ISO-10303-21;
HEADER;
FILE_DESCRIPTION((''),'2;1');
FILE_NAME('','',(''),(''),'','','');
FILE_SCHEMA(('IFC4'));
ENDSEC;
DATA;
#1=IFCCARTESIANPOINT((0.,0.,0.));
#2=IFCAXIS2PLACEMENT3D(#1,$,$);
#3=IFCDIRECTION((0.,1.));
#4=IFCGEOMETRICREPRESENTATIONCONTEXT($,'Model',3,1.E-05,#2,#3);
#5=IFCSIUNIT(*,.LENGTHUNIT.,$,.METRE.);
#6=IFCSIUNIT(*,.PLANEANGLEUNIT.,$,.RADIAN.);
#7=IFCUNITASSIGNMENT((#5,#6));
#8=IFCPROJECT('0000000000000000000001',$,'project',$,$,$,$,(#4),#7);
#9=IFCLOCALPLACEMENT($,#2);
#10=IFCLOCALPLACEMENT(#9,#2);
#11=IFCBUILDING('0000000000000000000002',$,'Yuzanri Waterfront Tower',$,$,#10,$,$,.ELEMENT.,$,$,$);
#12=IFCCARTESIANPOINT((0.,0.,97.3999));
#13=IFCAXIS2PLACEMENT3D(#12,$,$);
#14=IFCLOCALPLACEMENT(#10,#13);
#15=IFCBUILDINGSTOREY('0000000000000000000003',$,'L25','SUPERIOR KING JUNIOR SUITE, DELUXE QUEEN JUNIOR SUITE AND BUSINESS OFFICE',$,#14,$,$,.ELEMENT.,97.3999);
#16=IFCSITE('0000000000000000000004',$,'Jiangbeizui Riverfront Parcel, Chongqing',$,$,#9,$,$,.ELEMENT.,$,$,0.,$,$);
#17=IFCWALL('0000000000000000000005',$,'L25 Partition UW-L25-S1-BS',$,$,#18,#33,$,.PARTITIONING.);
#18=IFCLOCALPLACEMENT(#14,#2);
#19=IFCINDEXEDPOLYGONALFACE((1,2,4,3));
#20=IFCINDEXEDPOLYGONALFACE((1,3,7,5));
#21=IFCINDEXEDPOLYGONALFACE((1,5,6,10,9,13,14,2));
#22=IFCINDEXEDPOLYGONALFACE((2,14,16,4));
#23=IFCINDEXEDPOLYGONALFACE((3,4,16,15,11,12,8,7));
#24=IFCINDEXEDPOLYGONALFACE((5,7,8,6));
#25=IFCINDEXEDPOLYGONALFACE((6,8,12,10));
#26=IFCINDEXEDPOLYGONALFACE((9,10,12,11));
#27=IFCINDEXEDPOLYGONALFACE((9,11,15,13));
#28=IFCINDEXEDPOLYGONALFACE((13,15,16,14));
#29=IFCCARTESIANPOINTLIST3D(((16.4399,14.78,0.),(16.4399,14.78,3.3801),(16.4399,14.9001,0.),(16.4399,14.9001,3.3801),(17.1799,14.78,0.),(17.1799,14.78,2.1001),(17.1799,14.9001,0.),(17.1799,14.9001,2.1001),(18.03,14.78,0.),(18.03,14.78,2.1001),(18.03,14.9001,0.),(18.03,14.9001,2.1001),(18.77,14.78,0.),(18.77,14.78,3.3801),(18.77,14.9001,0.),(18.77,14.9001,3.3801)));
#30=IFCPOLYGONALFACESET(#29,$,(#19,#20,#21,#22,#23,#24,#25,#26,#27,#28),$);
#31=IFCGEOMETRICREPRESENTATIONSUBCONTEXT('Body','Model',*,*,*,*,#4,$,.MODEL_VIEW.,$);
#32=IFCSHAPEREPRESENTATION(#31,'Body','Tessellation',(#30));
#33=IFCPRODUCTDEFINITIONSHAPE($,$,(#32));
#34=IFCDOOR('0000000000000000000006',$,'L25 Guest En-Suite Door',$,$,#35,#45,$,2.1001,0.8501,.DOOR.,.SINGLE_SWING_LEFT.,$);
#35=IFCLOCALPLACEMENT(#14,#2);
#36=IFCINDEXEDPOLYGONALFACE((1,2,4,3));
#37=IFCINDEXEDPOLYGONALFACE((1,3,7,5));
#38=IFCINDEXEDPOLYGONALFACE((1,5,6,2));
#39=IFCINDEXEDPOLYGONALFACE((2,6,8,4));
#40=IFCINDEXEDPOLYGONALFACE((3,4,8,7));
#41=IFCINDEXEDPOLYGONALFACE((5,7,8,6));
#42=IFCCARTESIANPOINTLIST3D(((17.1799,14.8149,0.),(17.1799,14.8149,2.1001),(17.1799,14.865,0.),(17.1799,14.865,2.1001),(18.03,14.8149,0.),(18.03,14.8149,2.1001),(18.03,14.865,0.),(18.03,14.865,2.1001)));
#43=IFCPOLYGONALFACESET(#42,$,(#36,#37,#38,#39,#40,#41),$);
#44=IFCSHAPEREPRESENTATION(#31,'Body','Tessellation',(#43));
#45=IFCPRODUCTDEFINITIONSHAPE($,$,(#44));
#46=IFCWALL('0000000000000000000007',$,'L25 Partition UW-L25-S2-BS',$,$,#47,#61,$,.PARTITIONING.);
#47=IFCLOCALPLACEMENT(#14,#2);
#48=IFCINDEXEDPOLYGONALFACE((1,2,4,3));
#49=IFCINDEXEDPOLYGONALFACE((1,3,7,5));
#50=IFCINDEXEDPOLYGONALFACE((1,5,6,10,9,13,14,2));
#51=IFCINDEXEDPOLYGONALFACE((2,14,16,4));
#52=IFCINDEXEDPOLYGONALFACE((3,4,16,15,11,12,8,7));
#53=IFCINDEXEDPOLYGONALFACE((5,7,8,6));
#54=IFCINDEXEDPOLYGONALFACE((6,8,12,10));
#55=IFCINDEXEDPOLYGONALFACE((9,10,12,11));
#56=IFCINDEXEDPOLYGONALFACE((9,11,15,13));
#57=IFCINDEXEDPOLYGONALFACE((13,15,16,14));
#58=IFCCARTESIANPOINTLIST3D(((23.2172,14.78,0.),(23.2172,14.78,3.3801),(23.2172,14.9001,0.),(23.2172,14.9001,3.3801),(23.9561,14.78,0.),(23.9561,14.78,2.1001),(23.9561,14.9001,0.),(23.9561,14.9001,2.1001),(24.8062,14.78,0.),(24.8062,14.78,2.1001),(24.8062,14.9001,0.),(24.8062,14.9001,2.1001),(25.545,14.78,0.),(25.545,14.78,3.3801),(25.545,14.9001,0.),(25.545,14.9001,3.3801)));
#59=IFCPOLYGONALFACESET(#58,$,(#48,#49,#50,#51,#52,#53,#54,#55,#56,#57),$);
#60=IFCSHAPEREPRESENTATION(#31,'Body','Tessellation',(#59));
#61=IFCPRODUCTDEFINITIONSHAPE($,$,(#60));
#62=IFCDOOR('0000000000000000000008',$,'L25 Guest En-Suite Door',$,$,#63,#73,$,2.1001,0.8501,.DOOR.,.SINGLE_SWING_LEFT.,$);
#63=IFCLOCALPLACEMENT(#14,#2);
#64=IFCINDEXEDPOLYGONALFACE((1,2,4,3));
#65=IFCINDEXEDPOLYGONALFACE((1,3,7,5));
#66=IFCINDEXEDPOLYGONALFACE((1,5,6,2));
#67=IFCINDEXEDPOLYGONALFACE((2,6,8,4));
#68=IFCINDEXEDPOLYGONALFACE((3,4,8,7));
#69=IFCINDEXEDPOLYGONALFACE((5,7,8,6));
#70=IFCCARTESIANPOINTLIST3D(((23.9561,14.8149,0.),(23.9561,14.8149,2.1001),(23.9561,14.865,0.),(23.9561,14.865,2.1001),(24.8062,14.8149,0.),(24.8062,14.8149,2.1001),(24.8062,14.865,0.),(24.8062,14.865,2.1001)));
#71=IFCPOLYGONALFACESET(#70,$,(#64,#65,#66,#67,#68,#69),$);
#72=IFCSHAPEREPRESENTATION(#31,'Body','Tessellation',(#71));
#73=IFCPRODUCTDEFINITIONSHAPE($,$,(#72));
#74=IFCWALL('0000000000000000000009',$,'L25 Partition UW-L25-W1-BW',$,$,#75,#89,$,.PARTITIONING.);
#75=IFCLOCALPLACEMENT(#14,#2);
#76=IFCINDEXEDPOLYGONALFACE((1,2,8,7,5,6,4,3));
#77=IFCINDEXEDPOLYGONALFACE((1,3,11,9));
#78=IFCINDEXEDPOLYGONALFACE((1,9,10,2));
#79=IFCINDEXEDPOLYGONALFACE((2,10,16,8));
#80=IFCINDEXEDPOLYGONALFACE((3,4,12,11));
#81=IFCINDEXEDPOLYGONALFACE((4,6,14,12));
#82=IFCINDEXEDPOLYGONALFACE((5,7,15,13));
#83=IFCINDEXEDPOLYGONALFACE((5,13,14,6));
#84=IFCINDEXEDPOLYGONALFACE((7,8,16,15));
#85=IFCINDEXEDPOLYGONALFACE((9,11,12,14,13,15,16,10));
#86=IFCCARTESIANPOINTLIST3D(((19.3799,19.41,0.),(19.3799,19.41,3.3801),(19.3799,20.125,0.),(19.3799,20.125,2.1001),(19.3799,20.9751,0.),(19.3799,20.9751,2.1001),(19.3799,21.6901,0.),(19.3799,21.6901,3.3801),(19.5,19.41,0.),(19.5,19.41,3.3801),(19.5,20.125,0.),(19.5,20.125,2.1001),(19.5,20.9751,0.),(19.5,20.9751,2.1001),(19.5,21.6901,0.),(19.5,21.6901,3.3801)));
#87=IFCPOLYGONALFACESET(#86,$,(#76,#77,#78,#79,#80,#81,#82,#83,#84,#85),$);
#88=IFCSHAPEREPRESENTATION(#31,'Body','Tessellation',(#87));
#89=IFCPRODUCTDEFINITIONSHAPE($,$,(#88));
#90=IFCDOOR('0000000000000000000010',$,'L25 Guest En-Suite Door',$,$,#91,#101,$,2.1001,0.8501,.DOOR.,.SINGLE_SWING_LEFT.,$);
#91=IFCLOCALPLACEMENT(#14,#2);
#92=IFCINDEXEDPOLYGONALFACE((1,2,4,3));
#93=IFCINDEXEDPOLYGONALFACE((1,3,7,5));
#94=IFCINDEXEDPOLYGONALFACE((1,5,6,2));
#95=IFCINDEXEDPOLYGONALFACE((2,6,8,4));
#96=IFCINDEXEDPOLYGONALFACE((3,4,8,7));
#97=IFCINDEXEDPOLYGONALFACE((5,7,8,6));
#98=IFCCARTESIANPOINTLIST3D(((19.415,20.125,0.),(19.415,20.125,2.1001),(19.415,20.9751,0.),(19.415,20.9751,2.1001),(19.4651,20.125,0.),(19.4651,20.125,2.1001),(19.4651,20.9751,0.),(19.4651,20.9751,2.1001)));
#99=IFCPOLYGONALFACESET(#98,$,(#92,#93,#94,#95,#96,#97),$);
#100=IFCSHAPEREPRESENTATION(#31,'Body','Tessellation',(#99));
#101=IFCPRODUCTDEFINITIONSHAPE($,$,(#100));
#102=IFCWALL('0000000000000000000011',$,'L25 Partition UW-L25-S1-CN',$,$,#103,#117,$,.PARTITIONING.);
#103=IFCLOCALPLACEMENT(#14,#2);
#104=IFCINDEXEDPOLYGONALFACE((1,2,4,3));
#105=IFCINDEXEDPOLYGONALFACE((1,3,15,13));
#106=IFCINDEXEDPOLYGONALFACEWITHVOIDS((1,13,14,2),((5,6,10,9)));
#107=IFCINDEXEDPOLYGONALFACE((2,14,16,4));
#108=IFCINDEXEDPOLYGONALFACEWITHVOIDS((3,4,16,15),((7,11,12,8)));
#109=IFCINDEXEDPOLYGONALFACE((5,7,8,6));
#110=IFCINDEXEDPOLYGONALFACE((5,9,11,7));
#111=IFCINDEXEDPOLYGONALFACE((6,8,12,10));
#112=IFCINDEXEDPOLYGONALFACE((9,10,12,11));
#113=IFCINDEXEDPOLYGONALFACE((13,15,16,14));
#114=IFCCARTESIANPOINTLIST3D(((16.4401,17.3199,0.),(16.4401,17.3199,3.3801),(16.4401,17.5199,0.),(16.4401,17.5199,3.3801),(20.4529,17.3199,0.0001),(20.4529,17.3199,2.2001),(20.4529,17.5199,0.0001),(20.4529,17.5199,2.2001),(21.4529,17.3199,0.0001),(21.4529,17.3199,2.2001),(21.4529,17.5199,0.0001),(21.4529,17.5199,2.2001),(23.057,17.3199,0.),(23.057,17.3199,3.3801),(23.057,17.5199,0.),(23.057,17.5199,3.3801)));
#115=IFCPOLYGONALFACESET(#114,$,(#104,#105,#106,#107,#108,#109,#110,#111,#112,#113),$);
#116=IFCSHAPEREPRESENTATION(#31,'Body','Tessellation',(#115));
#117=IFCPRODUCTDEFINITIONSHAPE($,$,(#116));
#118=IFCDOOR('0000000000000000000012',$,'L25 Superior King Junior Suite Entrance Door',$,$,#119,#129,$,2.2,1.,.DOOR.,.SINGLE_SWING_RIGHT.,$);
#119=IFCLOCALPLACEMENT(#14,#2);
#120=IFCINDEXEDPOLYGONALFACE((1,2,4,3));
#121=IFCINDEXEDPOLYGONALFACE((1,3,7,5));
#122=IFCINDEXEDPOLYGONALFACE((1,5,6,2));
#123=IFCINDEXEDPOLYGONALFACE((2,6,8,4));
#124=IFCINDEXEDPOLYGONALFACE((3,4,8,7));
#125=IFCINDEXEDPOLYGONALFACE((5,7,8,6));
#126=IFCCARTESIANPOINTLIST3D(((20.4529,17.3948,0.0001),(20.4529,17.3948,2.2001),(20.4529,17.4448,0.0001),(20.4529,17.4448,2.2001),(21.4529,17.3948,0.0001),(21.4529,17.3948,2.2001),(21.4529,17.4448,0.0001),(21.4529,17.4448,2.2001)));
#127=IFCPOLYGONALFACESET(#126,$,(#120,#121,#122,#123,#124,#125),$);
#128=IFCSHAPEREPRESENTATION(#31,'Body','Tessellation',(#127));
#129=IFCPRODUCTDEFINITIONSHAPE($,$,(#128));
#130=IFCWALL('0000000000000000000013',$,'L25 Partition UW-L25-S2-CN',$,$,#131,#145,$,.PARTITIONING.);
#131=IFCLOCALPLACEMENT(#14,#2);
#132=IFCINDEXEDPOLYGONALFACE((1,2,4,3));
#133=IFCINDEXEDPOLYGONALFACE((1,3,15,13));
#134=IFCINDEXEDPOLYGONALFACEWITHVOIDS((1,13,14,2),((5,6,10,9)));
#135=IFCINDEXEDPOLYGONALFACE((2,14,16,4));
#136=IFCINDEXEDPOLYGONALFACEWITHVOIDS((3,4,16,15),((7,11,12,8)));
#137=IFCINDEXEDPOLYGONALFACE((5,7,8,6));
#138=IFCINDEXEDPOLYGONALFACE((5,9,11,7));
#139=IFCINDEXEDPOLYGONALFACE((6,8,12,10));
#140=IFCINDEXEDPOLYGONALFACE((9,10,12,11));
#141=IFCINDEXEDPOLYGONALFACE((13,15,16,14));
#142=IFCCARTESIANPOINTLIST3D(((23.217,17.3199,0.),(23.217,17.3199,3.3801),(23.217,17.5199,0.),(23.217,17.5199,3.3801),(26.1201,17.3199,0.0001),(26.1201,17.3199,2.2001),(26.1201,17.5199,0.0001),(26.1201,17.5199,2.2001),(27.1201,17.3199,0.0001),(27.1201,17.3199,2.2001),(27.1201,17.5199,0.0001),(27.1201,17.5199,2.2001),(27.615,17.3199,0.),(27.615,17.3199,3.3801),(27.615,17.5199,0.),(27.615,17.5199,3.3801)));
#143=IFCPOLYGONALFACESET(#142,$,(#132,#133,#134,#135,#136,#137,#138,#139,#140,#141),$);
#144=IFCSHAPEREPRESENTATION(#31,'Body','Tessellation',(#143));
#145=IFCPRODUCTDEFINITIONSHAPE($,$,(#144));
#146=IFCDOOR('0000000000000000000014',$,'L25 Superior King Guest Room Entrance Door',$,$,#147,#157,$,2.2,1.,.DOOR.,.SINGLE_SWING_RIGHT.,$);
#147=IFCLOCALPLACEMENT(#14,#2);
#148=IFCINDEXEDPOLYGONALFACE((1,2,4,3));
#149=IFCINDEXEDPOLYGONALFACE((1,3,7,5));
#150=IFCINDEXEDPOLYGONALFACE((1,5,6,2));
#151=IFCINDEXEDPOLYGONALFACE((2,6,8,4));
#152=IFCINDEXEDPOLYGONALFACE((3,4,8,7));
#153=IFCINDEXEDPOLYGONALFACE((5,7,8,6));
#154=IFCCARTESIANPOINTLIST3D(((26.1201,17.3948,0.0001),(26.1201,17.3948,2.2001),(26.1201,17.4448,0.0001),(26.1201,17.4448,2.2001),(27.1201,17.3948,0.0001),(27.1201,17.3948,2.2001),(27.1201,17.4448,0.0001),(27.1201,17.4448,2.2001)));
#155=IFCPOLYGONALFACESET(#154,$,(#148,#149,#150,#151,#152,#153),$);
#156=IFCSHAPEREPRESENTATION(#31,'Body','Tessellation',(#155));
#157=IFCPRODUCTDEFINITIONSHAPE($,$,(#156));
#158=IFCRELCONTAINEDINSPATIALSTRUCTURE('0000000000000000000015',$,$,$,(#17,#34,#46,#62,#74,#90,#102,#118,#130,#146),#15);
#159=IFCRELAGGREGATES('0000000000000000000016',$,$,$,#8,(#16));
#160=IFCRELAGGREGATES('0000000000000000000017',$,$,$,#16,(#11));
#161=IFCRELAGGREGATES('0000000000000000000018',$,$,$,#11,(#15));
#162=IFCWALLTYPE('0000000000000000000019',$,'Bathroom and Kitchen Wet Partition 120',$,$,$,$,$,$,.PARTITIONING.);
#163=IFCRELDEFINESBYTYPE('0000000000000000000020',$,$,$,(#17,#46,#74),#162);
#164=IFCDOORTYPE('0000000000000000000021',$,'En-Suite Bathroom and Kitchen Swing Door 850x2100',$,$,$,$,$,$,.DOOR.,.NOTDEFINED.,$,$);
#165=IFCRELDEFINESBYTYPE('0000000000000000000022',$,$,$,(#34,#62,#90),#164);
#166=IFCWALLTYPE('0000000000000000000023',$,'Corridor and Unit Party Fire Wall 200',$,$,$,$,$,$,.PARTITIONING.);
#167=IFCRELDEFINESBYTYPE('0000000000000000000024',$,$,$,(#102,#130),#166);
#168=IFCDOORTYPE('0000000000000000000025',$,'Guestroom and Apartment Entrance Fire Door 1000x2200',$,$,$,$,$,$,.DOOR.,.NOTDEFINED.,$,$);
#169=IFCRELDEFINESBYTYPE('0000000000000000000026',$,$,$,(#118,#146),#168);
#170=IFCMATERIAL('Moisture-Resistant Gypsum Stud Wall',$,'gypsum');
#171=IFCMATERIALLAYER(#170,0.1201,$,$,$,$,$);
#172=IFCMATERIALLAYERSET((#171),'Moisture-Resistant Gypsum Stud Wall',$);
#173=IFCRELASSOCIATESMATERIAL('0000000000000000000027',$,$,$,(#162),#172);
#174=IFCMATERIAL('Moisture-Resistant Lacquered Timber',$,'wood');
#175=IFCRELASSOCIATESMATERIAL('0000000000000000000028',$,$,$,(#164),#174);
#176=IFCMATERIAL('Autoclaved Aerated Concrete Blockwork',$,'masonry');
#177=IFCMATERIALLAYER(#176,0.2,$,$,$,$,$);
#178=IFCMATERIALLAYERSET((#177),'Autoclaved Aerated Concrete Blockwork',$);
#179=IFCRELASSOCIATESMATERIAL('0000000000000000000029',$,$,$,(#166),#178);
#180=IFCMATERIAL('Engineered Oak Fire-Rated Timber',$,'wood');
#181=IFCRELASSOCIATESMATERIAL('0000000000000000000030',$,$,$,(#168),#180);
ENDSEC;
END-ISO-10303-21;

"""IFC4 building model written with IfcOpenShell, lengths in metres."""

from ifc_helpers import new_model, si_unit, direction, frame, frame_2d, origin, place, context, subcontext, project, spatial, rectangle, extrude, source, transform, mapped, material, layer, layer_set, type_object, element, fill, save


model = new_model("IFC4")

# Units and contexts
model_context = context("Model", 3, precision=1e-05, world=origin(), true_north=direction((0.0, 1.0)))
body_context = subcontext(model_context, "Body", "Model", "MODEL_VIEW")
ifc_project = project(units=[si_unit("LENGTHUNIT", "METRE"), si_unit("PLANEANGLEUNIT", "RADIAN")], contexts=[model_context])

# Site, building, storey
site_placement = place(None, origin())
site = spatial("IfcSite", under=ifc_project, at=site_placement, Name="Jiangbeizui Riverfront Parcel, Chongqing", CompositionType="ELEMENT", RefElevation=0.0)
building_placement = place(site_placement, origin())
building = spatial("IfcBuilding", under=site, at=building_placement, Name="Yuzanri Waterfront Tower", CompositionType="ELEMENT")
storey_placement = place(building_placement, frame((0.0, 0.0, 97.3999)))
storey = spatial("IfcBuildingStorey", under=building, at=storey_placement, Name="L25", Description="SUPERIOR KING JUNIOR SUITE, DELUXE QUEEN JUNIOR SUITE AND BUSINESS OFFICE", CompositionType="ELEMENT", Elevation=97.3999)

# Walls, openings, doors
ifc_material_1 = material(Name="Moisture-Resistant Gypsum Stud Wall", Category="gypsum")
ifc_layer_1 = layer(ifc_material_1, 0.1201)
ifc_layer_set_1 = layer_set([ifc_layer_1], Name="Moisture-Resistant Gypsum Stud Wall")
wall_type_1 = type_object("IfcWallType", Name="Bathroom and Kitchen Wet Partition 120", PredefinedType="PARTITIONING", material=ifc_layer_set_1)
wall_1_placement = place(storey_placement, frame((16.4399, 14.8401, 0.0), z_axis=(0.0, 0.0, 1.0), x_axis=(1.0, 0.0, 0.0)))
wall_1 = element("IfcWall", 1, at=wall_1_placement, inside=storey, type_object=wall_type_1, Name="L25 Partition UW-L25-S1-BS", PredefinedType="PARTITIONING", context=body_context, shape_type="SweptSolid", body=[
    extrude(rectangle(XDim=2.3301, YDim=0.1201, at=frame_2d((1.165, 0.0))), origin(), (0.0, 0.0, 1.0), 3.3801),
])
opening_1_placement = place(wall_1_placement, frame((0.74, 0.0, 0.0)))
opening_1 = element("IfcOpeningElement", 2, at=opening_1_placement, cuts=wall_1, PredefinedType="OPENING", context=body_context, shape_type="SweptSolid", body=[
    extrude(rectangle(XDim=0.8501, YDim=2.1001, at=frame_2d((0.425, 1.05))), frame((0.0, 0.075, 0.0), z_axis=(0.0, -1.0, 0.0), x_axis=(1.0, 0.0, 0.0)), (0.0, 0.0, 1.0), 0.1499),
])
ifc_material_2 = material(Name="Moisture-Resistant Lacquered Timber", Category="wood")
door_type_1 = type_object("IfcDoorType", Name="En-Suite Bathroom and Kitchen Swing Door 850x2100", OperationType="NOTDEFINED", PredefinedType="DOOR", material=ifc_material_2)
shared_shape_1 = source(origin(), body_context, "Body", "SweptSolid", [
    extrude(rectangle(XDim=0.8501, YDim=2.1001, at=frame_2d((0.425, 1.05))), frame((0.0, 0.0249, 0.0), z_axis=(0.0, -1.0, 0.0), x_axis=(1.0, 0.0, 0.0)), (0.0, 0.0, 1.0), 0.05),
])
door_1_placement = place(opening_1_placement, origin())
door_1 = element("IfcDoor", 3, at=door_1_placement, inside=storey, type_object=door_type_1, Name="L25 Guest En-Suite Door", OperationType="SINGLE_SWING_LEFT", OverallHeight=2.1001, OverallWidth=0.8501, PredefinedType="DOOR", context=body_context, shape_type="MappedRepresentation", body=[
    mapped(shared_shape_1, transform((0.0, 0.0, 0.0), scale=1.0)),
])
fill(opening_1, door_1)
wall_2_placement = place(storey_placement, frame((23.217, 14.8401, 0.0), z_axis=(0.0, 0.0, 1.0), x_axis=(1.0, 0.0, 0.0)))
wall_2 = element("IfcWall", 4, at=wall_2_placement, inside=storey, type_object=wall_type_1, Name="L25 Partition UW-L25-S2-BS", PredefinedType="PARTITIONING", context=body_context, shape_type="SweptSolid", body=[
    extrude(rectangle(XDim=2.3279, YDim=0.1201, at=frame_2d((1.1641, 0.0))), origin(), (0.0, 0.0, 1.0), 3.3801),
])
opening_2_placement = place(wall_2_placement, frame((0.739, 0.0, 0.0)))
opening_2 = element("IfcOpeningElement", 5, at=opening_2_placement, cuts=wall_2, PredefinedType="OPENING", context=body_context, shape_type="SweptSolid", body=[
    extrude(rectangle(XDim=0.8501, YDim=2.1001, at=frame_2d((0.425, 1.05))), frame((0.0, 0.075, 0.0), z_axis=(0.0, -1.0, 0.0), x_axis=(1.0, 0.0, 0.0)), (0.0, 0.0, 1.0), 0.1499),
])
door_2_placement = place(opening_2_placement, origin())
door_2 = element("IfcDoor", 6, at=door_2_placement, inside=storey, type_object=door_type_1, Name="L25 Guest En-Suite Door", OperationType="SINGLE_SWING_LEFT", OverallHeight=2.1001, OverallWidth=0.8501, PredefinedType="DOOR", context=body_context, shape_type="MappedRepresentation", body=[
    mapped(shared_shape_1, transform((0.0, 0.0, 0.0), scale=1.0)),
])
fill(opening_2, door_2)
wall_3_placement = place(storey_placement, frame((19.4399, 19.4099, 0.0), z_axis=(0.0, 0.0, 1.0), x_axis=(0.0, 1.0, 0.0)))
wall_3 = element("IfcWall", 7, at=wall_3_placement, inside=storey, type_object=wall_type_1, Name="L25 Partition UW-L25-W1-BW", PredefinedType="PARTITIONING", context=body_context, shape_type="SweptSolid", body=[
    extrude(rectangle(XDim=2.28, YDim=0.1201, at=frame_2d((1.1401, 0.0))), origin(), (0.0, 0.0, 1.0), 3.3801),
])
opening_3_placement = place(wall_3_placement, frame((0.7151, 0.0, 0.0)))
opening_3 = element("IfcOpeningElement", 8, at=opening_3_placement, cuts=wall_3, PredefinedType="OPENING", context=body_context, shape_type="SweptSolid", body=[
    extrude(rectangle(XDim=0.8501, YDim=2.1001, at=frame_2d((0.425, 1.05))), frame((0.0, 0.075, 0.0), z_axis=(0.0, -1.0, 0.0), x_axis=(1.0, 0.0, 0.0)), (0.0, 0.0, 1.0), 0.1499),
])
door_3_placement = place(opening_3_placement, origin())
door_3 = element("IfcDoor", 9, at=door_3_placement, inside=storey, type_object=door_type_1, Name="L25 Guest En-Suite Door", OperationType="SINGLE_SWING_LEFT", OverallHeight=2.1001, OverallWidth=0.8501, PredefinedType="DOOR", context=body_context, shape_type="MappedRepresentation", body=[
    mapped(shared_shape_1, transform((0.0, 0.0, 0.0), scale=1.0)),
])
fill(opening_3, door_3)
ifc_material_3 = material(Name="Autoclaved Aerated Concrete Blockwork", Category="masonry")
ifc_layer_2 = layer(ifc_material_3, 0.2)
ifc_layer_set_2 = layer_set([ifc_layer_2], Name="Autoclaved Aerated Concrete Blockwork")
wall_type_2 = type_object("IfcWallType", Name="Corridor and Unit Party Fire Wall 200", PredefinedType="PARTITIONING", material=ifc_layer_set_2)
wall_4_placement = place(storey_placement, frame((16.4399, 17.4199, 0.0), z_axis=(0.0, 0.0, 1.0), x_axis=(1.0, 0.0, 0.0)))
wall_4 = element("IfcWall", 10, at=wall_4_placement, inside=storey, type_object=wall_type_2, Name="L25 Partition UW-L25-S1-CN", PredefinedType="PARTITIONING", context=body_context, shape_type="SweptSolid", body=[
    extrude(rectangle(XDim=6.6169, YDim=0.2, at=frame_2d((3.3086, 0.0))), origin(), (0.0, 0.0, 1.0), 3.3801),
])
opening_4_placement = place(wall_4_placement, frame((4.0129, 0.0, 0.0)))
opening_4 = element("IfcOpeningElement", 11, at=opening_4_placement, cuts=wall_4, PredefinedType="OPENING", context=body_context, shape_type="SweptSolid", body=[
    extrude(rectangle(XDim=1.0, YDim=2.2, at=frame_2d((0.5, 1.1001))), frame((0.0, 0.1147, 0.0), z_axis=(0.0, -1.0, 0.0), x_axis=(1.0, 0.0, 0.0)), (0.0, 0.0, 1.0), 0.2297),
])
ifc_material_4 = material(Name="Engineered Oak Fire-Rated Timber", Category="wood")
door_type_2 = type_object("IfcDoorType", Name="Guestroom and Apartment Entrance Fire Door 1000x2200", OperationType="NOTDEFINED", PredefinedType="DOOR", material=ifc_material_4)
shared_shape_2 = source(origin(), body_context, "Body", "SweptSolid", [
    extrude(rectangle(XDim=1.0, YDim=2.2, at=frame_2d((0.5, 1.1001))), frame((0.0, 0.0249, 0.0), z_axis=(0.0, -1.0, 0.0), x_axis=(1.0, 0.0, 0.0)), (0.0, 0.0, 1.0), 0.05),
])
door_4_placement = place(opening_4_placement, origin())
door_4 = element("IfcDoor", 12, at=door_4_placement, inside=storey, type_object=door_type_2, Name="L25 Superior King Junior Suite Entrance Door", OperationType="SINGLE_SWING_RIGHT", OverallHeight=2.2, OverallWidth=1.0, PredefinedType="DOOR", context=body_context, shape_type="MappedRepresentation", body=[
    mapped(shared_shape_2, transform((0.0, 0.0, 0.0), scale=1.0)),
])
fill(opening_4, door_4)
wall_5_placement = place(storey_placement, frame((23.217, 17.4199, 0.0), z_axis=(0.0, 0.0, 1.0), x_axis=(1.0, 0.0, 0.0)))
wall_5 = element("IfcWall", 13, at=wall_5_placement, inside=storey, type_object=wall_type_2, Name="L25 Partition UW-L25-S2-CN", PredefinedType="PARTITIONING", context=body_context, shape_type="SweptSolid", body=[
    extrude(rectangle(XDim=4.3979, YDim=0.2, at=frame_2d((2.199, 0.0))), origin(), (0.0, 0.0, 1.0), 3.3801),
])
opening_5_placement = place(wall_5_placement, frame((2.9031, 0.0, 0.0)))
opening_5 = element("IfcOpeningElement", 14, at=opening_5_placement, cuts=wall_5, PredefinedType="OPENING", context=body_context, shape_type="SweptSolid", body=[
    extrude(rectangle(XDim=1.0, YDim=2.2, at=frame_2d((0.5, 1.1001))), frame((0.0, 0.1147, 0.0), z_axis=(0.0, -1.0, 0.0), x_axis=(1.0, 0.0, 0.0)), (0.0, 0.0, 1.0), 0.2297),
])
door_5_placement = place(opening_5_placement, origin())
door_5 = element("IfcDoor", 15, at=door_5_placement, inside=storey, type_object=door_type_2, Name="L25 Superior King Guest Room Entrance Door", OperationType="SINGLE_SWING_RIGHT", OverallHeight=2.2, OverallWidth=1.0, PredefinedType="DOOR", context=body_context, shape_type="MappedRepresentation", body=[
    mapped(shared_shape_2, transform((0.0, 0.0, 0.0), scale=1.0)),
])
fill(opening_5, door_5)

save(model, "model.ifc")
